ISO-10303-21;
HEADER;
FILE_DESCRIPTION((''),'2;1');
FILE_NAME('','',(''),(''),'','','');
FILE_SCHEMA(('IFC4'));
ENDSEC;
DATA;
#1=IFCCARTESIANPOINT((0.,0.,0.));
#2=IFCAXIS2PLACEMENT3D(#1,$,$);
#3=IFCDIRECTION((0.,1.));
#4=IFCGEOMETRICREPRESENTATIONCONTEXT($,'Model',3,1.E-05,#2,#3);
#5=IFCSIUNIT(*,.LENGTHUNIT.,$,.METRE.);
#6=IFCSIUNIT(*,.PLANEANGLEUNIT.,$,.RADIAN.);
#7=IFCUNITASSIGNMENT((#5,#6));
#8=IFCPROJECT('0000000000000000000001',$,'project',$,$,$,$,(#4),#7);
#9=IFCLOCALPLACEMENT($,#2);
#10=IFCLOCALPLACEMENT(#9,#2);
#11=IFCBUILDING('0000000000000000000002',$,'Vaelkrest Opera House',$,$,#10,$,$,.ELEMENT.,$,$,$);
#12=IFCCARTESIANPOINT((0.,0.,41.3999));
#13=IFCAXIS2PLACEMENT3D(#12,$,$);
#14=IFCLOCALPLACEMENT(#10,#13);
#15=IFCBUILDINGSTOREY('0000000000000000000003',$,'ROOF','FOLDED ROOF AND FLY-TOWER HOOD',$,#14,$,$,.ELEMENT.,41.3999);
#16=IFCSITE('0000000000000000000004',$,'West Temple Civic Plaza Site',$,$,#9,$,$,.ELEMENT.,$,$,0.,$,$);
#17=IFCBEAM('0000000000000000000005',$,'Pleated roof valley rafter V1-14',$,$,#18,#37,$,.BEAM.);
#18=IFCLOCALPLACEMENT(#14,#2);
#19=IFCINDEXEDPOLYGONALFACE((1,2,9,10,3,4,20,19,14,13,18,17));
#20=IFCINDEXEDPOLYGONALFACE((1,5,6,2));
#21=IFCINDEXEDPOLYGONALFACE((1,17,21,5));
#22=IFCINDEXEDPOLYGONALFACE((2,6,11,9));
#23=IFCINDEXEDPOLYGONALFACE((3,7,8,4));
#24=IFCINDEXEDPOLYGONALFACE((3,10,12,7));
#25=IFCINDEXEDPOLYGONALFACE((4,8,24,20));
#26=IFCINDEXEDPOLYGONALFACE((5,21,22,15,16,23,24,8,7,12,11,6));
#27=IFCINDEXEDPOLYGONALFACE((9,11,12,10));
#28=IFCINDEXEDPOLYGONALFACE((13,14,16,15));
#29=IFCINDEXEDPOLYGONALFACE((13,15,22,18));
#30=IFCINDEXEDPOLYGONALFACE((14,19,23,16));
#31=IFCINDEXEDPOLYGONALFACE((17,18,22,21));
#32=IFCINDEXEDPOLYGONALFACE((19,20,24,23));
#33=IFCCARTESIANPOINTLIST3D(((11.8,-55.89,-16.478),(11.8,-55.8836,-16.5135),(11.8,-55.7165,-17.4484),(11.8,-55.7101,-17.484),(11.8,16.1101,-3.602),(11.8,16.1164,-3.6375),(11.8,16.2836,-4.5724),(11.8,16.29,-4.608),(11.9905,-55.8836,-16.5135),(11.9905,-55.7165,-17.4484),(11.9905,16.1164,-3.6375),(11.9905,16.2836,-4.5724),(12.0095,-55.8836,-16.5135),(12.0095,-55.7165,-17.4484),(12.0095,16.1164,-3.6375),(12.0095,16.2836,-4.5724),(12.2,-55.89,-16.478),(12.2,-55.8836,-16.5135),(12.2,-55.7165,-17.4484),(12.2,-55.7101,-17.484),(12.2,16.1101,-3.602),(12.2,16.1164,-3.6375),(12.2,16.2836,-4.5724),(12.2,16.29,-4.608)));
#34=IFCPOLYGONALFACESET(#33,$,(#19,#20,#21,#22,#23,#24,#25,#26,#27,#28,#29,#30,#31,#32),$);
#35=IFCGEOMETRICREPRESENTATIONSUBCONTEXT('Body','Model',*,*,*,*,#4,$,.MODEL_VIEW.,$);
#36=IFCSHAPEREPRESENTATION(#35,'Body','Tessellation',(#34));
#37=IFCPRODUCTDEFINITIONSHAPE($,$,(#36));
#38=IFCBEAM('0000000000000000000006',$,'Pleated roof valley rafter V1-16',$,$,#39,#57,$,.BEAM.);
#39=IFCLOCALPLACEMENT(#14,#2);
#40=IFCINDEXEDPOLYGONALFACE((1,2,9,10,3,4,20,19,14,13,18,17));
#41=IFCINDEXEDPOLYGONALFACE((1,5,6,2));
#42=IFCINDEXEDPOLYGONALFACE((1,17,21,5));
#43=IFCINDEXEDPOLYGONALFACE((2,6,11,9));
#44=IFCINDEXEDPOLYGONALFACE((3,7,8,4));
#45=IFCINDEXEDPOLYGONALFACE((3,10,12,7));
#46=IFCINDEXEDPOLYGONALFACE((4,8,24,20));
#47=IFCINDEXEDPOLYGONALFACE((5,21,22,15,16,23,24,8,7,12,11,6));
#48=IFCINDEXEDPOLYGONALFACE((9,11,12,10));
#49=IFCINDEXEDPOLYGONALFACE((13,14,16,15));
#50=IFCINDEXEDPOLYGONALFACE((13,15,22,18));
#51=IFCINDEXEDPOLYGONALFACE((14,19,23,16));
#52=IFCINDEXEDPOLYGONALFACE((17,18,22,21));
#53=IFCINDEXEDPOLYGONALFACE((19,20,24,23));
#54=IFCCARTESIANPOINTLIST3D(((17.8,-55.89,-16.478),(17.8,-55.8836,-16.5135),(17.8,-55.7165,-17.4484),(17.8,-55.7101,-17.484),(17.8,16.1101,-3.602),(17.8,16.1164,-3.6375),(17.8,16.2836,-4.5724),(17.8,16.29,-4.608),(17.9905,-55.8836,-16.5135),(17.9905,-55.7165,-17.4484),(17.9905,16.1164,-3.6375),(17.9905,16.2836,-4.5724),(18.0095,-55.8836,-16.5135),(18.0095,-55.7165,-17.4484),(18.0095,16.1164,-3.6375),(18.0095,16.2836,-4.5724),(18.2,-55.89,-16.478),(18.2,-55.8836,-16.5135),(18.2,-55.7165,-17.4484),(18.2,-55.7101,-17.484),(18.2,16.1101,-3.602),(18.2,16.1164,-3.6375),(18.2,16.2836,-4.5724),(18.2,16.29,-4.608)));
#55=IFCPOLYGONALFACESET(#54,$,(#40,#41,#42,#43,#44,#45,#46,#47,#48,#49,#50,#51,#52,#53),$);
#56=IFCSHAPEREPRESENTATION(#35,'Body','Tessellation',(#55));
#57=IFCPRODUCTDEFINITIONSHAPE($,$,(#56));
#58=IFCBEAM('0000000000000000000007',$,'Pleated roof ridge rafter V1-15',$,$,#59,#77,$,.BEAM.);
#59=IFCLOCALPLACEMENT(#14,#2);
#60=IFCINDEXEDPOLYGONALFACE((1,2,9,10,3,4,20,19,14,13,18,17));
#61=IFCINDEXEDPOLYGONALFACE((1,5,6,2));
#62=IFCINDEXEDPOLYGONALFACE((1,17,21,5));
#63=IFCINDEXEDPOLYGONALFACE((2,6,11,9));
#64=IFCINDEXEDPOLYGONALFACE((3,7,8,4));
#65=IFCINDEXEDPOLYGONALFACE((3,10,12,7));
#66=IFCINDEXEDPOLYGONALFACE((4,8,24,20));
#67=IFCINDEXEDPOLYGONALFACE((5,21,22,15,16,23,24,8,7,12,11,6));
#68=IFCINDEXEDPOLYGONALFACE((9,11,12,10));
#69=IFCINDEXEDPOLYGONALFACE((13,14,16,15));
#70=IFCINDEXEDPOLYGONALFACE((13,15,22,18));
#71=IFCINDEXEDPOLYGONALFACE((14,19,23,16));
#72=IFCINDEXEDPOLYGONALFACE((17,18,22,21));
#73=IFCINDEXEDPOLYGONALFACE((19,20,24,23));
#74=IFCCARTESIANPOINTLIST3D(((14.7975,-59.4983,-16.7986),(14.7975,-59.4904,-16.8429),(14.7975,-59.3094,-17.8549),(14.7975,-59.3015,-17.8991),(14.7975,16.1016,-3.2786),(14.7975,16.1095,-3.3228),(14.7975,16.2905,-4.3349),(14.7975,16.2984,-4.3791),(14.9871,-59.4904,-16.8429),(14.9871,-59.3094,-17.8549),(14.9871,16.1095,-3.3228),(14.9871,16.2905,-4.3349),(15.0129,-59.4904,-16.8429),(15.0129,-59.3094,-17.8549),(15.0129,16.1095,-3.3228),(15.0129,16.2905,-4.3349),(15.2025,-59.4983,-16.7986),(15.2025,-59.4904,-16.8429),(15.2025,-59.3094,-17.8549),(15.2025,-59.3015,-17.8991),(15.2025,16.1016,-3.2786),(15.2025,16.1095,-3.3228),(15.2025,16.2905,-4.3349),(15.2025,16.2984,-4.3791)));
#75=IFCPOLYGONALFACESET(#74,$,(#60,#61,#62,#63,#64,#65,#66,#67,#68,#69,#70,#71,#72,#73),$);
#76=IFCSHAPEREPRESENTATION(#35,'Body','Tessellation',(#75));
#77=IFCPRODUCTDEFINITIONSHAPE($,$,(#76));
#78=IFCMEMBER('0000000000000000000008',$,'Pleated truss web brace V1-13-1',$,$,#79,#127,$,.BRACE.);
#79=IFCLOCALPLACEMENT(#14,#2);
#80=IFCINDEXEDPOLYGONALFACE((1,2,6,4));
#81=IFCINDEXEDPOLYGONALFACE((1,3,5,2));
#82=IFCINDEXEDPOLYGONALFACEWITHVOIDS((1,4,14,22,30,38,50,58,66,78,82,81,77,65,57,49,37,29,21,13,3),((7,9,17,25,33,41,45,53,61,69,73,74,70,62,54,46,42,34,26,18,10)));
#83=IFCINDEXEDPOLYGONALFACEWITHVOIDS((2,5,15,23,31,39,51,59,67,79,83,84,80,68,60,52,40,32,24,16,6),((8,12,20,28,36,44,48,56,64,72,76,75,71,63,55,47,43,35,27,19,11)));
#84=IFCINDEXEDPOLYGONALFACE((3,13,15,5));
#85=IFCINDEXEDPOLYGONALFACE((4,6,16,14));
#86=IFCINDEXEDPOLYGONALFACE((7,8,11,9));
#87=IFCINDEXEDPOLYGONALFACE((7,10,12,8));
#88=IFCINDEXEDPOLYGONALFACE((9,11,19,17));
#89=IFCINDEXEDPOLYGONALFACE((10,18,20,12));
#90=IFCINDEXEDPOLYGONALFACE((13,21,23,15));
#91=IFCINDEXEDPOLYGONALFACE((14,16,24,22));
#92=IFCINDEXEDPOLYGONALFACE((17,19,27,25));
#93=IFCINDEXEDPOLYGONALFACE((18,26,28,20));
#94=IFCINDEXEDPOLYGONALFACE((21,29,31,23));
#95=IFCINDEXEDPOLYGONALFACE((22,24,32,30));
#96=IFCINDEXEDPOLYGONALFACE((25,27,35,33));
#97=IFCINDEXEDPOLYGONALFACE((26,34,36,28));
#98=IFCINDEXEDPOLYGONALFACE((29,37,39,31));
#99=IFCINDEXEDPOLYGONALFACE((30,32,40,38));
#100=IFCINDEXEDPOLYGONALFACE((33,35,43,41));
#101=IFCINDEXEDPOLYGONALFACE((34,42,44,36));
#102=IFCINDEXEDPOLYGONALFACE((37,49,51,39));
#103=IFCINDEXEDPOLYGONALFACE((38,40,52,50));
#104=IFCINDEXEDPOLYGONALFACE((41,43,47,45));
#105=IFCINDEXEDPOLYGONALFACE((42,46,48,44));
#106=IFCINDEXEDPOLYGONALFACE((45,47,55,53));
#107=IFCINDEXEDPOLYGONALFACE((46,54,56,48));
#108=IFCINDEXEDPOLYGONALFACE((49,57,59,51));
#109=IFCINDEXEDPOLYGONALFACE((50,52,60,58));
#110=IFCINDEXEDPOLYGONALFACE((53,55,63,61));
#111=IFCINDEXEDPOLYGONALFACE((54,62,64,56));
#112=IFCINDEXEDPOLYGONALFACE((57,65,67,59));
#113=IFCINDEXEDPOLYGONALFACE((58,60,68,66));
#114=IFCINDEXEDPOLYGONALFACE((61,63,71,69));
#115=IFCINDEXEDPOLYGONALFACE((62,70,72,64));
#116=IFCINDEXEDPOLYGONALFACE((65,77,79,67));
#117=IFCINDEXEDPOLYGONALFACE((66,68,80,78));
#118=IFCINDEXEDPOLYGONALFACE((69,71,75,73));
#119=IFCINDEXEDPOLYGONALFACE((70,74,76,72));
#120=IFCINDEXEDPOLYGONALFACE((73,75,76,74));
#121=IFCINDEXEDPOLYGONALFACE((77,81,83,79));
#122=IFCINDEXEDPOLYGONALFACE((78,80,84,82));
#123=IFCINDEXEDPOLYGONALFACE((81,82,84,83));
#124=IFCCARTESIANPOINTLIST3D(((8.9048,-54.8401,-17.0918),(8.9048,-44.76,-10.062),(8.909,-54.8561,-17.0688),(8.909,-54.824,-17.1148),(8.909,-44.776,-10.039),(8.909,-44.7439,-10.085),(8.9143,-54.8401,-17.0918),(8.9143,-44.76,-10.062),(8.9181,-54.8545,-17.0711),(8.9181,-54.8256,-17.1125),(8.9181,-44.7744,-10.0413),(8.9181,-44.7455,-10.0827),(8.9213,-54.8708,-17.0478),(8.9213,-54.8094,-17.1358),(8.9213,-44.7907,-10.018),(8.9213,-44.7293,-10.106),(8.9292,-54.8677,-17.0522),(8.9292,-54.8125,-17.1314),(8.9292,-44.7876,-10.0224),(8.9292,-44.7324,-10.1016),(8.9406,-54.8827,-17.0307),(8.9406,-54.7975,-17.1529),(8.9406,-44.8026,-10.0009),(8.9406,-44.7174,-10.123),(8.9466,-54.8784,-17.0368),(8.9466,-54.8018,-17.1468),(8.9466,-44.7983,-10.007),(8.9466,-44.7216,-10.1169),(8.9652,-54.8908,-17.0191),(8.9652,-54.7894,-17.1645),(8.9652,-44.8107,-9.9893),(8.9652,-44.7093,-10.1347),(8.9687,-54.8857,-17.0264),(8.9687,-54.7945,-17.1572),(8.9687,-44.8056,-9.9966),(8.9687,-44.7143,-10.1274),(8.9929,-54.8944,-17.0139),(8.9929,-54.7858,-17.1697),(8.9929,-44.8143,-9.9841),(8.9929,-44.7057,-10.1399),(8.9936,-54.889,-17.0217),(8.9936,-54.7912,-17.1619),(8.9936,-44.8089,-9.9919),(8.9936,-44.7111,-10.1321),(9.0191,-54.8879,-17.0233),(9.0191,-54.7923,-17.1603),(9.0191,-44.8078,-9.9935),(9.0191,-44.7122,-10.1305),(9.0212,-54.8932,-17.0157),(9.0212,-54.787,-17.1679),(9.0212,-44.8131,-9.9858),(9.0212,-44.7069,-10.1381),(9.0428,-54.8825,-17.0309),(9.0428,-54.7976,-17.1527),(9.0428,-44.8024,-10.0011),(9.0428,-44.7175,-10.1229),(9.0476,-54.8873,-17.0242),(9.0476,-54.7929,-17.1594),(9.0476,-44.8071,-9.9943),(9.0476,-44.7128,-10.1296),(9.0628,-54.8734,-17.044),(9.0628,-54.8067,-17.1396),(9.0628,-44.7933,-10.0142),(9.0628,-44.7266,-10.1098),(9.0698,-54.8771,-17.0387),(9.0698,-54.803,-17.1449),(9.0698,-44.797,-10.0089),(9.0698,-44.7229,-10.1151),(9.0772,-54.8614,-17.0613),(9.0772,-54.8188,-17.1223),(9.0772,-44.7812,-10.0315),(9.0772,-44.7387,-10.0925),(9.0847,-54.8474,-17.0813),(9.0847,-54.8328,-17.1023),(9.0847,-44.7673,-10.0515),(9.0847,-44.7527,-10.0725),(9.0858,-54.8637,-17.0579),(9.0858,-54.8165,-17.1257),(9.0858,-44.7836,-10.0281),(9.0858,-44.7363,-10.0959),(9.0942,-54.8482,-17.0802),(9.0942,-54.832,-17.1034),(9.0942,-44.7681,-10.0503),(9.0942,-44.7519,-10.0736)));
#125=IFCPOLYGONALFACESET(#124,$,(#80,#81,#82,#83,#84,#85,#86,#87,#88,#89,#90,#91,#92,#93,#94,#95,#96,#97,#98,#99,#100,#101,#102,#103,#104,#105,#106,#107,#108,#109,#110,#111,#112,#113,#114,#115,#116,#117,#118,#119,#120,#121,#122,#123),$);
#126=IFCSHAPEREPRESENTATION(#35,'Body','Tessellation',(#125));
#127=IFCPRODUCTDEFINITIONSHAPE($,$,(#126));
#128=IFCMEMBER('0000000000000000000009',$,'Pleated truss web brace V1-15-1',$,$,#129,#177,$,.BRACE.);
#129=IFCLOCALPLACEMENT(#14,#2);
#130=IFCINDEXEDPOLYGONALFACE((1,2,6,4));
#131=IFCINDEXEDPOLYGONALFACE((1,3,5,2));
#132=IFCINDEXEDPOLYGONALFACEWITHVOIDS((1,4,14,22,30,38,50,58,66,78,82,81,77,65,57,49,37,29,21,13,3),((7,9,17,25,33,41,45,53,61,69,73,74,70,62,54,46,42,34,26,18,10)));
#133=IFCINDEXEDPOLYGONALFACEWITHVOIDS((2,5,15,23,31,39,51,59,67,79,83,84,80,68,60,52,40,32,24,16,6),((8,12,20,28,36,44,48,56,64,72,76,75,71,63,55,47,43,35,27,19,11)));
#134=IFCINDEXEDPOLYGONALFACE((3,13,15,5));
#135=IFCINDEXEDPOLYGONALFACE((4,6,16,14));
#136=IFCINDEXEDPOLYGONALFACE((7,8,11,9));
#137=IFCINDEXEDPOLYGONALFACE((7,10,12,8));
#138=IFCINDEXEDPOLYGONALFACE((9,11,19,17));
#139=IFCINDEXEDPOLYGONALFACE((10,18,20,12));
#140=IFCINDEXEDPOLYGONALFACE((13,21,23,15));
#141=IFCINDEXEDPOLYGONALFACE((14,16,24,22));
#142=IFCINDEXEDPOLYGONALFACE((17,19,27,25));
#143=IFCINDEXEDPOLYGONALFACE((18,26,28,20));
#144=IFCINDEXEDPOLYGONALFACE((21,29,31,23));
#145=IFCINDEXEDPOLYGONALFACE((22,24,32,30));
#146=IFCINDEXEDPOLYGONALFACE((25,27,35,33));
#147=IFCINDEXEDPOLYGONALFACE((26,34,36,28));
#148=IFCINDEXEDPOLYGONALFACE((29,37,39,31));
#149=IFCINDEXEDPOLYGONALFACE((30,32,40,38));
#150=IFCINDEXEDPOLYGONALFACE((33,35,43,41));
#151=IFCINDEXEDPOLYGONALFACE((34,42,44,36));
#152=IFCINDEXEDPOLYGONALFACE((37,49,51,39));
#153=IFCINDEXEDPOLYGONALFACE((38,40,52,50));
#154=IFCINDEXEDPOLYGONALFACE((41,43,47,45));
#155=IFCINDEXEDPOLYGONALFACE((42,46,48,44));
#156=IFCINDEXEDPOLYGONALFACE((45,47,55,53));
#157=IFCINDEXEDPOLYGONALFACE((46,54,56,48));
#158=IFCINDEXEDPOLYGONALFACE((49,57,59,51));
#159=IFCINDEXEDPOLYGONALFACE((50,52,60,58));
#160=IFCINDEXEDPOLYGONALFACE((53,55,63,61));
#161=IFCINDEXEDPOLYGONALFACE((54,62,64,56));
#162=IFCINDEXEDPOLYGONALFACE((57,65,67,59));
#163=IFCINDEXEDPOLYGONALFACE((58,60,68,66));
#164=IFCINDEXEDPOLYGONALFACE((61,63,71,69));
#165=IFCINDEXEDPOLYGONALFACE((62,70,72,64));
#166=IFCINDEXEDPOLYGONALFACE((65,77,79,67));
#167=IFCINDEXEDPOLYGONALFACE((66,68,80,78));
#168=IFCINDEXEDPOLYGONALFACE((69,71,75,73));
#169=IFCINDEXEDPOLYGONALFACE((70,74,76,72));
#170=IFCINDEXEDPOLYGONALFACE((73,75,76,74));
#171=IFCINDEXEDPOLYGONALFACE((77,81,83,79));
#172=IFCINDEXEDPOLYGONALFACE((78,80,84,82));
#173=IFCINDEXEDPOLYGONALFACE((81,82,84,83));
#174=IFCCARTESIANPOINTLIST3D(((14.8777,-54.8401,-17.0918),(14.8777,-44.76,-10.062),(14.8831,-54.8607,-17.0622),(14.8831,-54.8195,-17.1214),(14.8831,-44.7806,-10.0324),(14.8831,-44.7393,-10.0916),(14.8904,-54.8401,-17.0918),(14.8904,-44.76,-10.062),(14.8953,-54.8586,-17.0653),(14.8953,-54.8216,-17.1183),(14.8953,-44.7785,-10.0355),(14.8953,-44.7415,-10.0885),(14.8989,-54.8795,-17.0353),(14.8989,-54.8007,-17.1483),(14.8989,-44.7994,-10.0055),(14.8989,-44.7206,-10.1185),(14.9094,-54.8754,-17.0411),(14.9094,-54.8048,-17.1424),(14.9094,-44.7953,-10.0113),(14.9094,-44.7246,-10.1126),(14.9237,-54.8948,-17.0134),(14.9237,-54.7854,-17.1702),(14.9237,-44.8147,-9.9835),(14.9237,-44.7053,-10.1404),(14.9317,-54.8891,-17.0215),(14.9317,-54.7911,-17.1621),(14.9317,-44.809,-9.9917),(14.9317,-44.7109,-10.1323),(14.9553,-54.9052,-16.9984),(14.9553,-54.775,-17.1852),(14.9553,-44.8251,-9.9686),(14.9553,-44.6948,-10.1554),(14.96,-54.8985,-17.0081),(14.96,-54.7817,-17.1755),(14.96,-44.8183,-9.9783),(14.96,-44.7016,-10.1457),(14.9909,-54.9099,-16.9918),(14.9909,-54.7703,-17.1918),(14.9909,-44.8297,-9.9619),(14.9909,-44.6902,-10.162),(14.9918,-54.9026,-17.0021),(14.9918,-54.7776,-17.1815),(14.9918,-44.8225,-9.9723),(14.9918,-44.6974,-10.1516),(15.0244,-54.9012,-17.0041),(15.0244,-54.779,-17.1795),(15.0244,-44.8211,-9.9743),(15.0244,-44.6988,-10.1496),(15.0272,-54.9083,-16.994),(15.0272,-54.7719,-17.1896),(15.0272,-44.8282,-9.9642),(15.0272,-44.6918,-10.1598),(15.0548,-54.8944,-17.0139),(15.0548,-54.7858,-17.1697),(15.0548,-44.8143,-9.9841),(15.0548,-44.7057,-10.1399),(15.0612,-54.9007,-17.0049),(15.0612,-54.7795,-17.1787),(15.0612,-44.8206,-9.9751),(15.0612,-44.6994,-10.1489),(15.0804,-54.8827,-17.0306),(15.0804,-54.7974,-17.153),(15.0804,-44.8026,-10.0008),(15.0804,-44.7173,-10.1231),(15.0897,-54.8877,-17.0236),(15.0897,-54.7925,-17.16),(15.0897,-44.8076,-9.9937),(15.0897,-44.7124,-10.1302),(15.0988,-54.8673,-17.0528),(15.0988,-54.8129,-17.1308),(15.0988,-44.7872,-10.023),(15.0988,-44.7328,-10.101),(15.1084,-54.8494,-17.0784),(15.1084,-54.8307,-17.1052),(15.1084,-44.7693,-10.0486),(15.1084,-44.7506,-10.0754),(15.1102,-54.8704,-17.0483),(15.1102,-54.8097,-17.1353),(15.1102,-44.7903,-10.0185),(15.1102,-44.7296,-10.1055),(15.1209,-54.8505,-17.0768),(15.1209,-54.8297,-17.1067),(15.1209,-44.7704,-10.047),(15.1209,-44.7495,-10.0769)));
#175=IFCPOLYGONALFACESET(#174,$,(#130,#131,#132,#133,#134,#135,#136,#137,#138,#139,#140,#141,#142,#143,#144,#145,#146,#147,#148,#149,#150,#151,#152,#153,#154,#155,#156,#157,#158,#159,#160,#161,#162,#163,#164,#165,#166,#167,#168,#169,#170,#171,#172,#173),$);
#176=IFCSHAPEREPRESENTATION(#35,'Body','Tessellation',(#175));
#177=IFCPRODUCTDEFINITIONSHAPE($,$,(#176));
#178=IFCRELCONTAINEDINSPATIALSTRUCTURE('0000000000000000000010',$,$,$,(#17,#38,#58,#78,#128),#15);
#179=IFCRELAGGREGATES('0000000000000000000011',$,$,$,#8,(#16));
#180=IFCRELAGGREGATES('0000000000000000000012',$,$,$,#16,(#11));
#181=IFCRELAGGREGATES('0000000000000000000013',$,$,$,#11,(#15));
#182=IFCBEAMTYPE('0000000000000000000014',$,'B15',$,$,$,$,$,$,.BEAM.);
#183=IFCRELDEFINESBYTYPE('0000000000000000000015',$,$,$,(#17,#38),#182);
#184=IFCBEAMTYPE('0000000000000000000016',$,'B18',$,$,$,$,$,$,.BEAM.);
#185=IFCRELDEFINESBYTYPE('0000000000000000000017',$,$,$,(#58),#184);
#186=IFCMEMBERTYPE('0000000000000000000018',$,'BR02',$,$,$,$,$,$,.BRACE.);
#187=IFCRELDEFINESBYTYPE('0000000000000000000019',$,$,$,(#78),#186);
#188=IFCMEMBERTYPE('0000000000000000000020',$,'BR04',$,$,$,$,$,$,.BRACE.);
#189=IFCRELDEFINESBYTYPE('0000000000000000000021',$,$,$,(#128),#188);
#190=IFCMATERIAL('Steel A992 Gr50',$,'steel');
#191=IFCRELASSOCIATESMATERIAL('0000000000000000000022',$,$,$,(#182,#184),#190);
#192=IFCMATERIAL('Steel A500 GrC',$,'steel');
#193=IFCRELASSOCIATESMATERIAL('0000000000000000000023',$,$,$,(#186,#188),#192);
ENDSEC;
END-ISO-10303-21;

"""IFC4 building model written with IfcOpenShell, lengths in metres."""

from ifc_helpers import new_model, si_unit, direction, frame, origin, origin_2d, place, context, subcontext, project, spatial, hollow_circle, i_section, extrude, material, material_profile, profile_set, type_object, element, save


model = new_model("IFC4")

# Units and contexts
model_context = context("Model", 3, precision=1e-05, world=origin(), true_north=direction((0.0, 1.0)))
body_context = subcontext(model_context, "Body", "Model", "MODEL_VIEW")
ifc_project = project(units=[si_unit("LENGTHUNIT", "METRE"), si_unit("PLANEANGLEUNIT", "RADIAN")], contexts=[model_context])

# Site, building, storey
site_placement = place(None, origin())
site = spatial("IfcSite", under=ifc_project, at=site_placement, Name="West Temple Civic Plaza Site", CompositionType="ELEMENT", RefElevation=0.0)
building_placement = place(site_placement, origin())
building = spatial("IfcBuilding", under=site, at=building_placement, Name="Vaelkrest Opera House", CompositionType="ELEMENT")
storey_placement = place(building_placement, frame((0.0, 0.0, 41.3999)))
storey = spatial("IfcBuildingStorey", under=building, at=storey_placement, Name="ROOF", Description="FOLDED ROOF AND FLY-TOWER HOOD", CompositionType="ELEMENT", Elevation=41.3999)

# Beams
ifc_material_1 = material(Name="Steel A992 Gr50", Category="steel")
ifc_material_profile_1 = material_profile(ifc_material_1, i_section(OverallWidth=0.3999, OverallDepth=1.022, WebThickness=0.019, FlangeThickness=0.0361, at=origin_2d()), Name="W40X249")
ifc_profile_set_1 = profile_set([ifc_material_profile_1], Name="Steel A992 Gr50")
beam_type_1 = type_object("IfcBeamType", Name="B15", PredefinedType="BEAM", material=ifc_profile_set_1)
for number, where, z_axis, x_axis, name in (
    (1, (12.0, -55.8, -16.981), (0.0, 0.984383, 0.17604), (-1.0, 0.0, 0.0), "Pleated roof valley rafter V1-14"),
    (2, (18.0, -55.8, -16.981), (0.0, 0.984383, 0.17604), (-1.0, 0.0, 0.0), "Pleated roof valley rafter V1-16"),
):
    element("IfcBeam", number, at=place(storey_placement, frame(where, z_axis=z_axis, x_axis=x_axis)), inside=storey, type_object=beam_type_1, Name=name, PredefinedType="BEAM", context=body_context, shape_type="SweptSolid", body=[
        extrude(i_section(OverallWidth=0.3999, OverallDepth=1.022, WebThickness=0.019, FlangeThickness=0.0361, at=origin_2d()), origin(), (0.0, 0.0, 1.0), 73.1423),
    ])
ifc_material_profile_2 = material_profile(ifc_material_1, i_section(OverallWidth=0.405, OverallDepth=1.1179, WebThickness=0.0259, FlangeThickness=0.0449, at=origin_2d()), Name="W44X335")
ifc_profile_set_2 = profile_set([ifc_material_profile_2], Name="Steel A992 Gr50")
beam_type_2 = type_object("IfcBeamType", Name="B18", PredefinedType="BEAM", material=ifc_profile_set_2)
beam_placement = place(storey_placement, frame((15.0, -59.3999, -17.3489), z_axis=(0.0, 0.984382, 0.176044), x_axis=(-1.0, 0.0, 0.0)))
element("IfcBeam", 3, at=beam_placement, inside=storey, type_object=beam_type_2, Name="Pleated roof ridge rafter V1-15", PredefinedType="BEAM", context=body_context, shape_type="SweptSolid", body=[
    extrude(i_section(OverallWidth=0.405, OverallDepth=1.1179, WebThickness=0.0259, FlangeThickness=0.0449, at=origin_2d()), origin(), (0.0, 0.0, 1.0), 76.7993),
])

# Members
ifc_material_2 = material(Name="Steel A500 GrC", Category="steel")
ifc_material_profile_3 = material_profile(ifc_material_2, hollow_circle(Radius=0.0952, WallThickness=0.0095, at=origin_2d()), Name="HSS190.5X9.5")
ifc_profile_set_3 = profile_set([ifc_material_profile_3], Name="Steel A500 GrC")
member_type_1 = type_object("IfcMemberType", Name="BR02", PredefinedType="BRACE", material=ifc_profile_set_3)
member_1_placement = place(storey_placement, frame((9.0, -54.8401, -17.0918), z_axis=(0.0, 0.820235, 0.572027), x_axis=(-1.0, 0.0, 0.0)))
element("IfcMember", 4, at=member_1_placement, inside=storey, type_object=member_type_1, Name="Pleated truss web brace V1-13-1", PredefinedType="BRACE", context=body_context, shape_type="SweptSolid", body=[
    extrude(hollow_circle(Radius=0.0952, WallThickness=0.0095, at=origin_2d()), origin(), (0.0, 0.0, 1.0), 12.2893),
])
ifc_material_profile_4 = material_profile(ifc_material_2, hollow_circle(Radius=0.1223, WallThickness=0.0127, at=origin_2d()), Name="HSS244.5X12.7")
ifc_profile_set_4 = profile_set([ifc_material_profile_4], Name="Steel A500 GrC")
member_type_2 = type_object("IfcMemberType", Name="BR04", PredefinedType="BRACE", material=ifc_profile_set_4)
member_2_placement = place(storey_placement, frame((15.0, -54.8401, -17.0918), z_axis=(0.0, 0.820235, 0.572027), x_axis=(-1.0, 0.0, 0.0)))
element("IfcMember", 5, at=member_2_placement, inside=storey, type_object=member_type_2, Name="Pleated truss web brace V1-15-1", PredefinedType="BRACE", context=body_context, shape_type="SweptSolid", body=[
    extrude(hollow_circle(Radius=0.1223, WallThickness=0.0127, at=origin_2d()), origin(), (0.0, 0.0, 1.0), 12.2893),
])

save(model, "model.ifc")
